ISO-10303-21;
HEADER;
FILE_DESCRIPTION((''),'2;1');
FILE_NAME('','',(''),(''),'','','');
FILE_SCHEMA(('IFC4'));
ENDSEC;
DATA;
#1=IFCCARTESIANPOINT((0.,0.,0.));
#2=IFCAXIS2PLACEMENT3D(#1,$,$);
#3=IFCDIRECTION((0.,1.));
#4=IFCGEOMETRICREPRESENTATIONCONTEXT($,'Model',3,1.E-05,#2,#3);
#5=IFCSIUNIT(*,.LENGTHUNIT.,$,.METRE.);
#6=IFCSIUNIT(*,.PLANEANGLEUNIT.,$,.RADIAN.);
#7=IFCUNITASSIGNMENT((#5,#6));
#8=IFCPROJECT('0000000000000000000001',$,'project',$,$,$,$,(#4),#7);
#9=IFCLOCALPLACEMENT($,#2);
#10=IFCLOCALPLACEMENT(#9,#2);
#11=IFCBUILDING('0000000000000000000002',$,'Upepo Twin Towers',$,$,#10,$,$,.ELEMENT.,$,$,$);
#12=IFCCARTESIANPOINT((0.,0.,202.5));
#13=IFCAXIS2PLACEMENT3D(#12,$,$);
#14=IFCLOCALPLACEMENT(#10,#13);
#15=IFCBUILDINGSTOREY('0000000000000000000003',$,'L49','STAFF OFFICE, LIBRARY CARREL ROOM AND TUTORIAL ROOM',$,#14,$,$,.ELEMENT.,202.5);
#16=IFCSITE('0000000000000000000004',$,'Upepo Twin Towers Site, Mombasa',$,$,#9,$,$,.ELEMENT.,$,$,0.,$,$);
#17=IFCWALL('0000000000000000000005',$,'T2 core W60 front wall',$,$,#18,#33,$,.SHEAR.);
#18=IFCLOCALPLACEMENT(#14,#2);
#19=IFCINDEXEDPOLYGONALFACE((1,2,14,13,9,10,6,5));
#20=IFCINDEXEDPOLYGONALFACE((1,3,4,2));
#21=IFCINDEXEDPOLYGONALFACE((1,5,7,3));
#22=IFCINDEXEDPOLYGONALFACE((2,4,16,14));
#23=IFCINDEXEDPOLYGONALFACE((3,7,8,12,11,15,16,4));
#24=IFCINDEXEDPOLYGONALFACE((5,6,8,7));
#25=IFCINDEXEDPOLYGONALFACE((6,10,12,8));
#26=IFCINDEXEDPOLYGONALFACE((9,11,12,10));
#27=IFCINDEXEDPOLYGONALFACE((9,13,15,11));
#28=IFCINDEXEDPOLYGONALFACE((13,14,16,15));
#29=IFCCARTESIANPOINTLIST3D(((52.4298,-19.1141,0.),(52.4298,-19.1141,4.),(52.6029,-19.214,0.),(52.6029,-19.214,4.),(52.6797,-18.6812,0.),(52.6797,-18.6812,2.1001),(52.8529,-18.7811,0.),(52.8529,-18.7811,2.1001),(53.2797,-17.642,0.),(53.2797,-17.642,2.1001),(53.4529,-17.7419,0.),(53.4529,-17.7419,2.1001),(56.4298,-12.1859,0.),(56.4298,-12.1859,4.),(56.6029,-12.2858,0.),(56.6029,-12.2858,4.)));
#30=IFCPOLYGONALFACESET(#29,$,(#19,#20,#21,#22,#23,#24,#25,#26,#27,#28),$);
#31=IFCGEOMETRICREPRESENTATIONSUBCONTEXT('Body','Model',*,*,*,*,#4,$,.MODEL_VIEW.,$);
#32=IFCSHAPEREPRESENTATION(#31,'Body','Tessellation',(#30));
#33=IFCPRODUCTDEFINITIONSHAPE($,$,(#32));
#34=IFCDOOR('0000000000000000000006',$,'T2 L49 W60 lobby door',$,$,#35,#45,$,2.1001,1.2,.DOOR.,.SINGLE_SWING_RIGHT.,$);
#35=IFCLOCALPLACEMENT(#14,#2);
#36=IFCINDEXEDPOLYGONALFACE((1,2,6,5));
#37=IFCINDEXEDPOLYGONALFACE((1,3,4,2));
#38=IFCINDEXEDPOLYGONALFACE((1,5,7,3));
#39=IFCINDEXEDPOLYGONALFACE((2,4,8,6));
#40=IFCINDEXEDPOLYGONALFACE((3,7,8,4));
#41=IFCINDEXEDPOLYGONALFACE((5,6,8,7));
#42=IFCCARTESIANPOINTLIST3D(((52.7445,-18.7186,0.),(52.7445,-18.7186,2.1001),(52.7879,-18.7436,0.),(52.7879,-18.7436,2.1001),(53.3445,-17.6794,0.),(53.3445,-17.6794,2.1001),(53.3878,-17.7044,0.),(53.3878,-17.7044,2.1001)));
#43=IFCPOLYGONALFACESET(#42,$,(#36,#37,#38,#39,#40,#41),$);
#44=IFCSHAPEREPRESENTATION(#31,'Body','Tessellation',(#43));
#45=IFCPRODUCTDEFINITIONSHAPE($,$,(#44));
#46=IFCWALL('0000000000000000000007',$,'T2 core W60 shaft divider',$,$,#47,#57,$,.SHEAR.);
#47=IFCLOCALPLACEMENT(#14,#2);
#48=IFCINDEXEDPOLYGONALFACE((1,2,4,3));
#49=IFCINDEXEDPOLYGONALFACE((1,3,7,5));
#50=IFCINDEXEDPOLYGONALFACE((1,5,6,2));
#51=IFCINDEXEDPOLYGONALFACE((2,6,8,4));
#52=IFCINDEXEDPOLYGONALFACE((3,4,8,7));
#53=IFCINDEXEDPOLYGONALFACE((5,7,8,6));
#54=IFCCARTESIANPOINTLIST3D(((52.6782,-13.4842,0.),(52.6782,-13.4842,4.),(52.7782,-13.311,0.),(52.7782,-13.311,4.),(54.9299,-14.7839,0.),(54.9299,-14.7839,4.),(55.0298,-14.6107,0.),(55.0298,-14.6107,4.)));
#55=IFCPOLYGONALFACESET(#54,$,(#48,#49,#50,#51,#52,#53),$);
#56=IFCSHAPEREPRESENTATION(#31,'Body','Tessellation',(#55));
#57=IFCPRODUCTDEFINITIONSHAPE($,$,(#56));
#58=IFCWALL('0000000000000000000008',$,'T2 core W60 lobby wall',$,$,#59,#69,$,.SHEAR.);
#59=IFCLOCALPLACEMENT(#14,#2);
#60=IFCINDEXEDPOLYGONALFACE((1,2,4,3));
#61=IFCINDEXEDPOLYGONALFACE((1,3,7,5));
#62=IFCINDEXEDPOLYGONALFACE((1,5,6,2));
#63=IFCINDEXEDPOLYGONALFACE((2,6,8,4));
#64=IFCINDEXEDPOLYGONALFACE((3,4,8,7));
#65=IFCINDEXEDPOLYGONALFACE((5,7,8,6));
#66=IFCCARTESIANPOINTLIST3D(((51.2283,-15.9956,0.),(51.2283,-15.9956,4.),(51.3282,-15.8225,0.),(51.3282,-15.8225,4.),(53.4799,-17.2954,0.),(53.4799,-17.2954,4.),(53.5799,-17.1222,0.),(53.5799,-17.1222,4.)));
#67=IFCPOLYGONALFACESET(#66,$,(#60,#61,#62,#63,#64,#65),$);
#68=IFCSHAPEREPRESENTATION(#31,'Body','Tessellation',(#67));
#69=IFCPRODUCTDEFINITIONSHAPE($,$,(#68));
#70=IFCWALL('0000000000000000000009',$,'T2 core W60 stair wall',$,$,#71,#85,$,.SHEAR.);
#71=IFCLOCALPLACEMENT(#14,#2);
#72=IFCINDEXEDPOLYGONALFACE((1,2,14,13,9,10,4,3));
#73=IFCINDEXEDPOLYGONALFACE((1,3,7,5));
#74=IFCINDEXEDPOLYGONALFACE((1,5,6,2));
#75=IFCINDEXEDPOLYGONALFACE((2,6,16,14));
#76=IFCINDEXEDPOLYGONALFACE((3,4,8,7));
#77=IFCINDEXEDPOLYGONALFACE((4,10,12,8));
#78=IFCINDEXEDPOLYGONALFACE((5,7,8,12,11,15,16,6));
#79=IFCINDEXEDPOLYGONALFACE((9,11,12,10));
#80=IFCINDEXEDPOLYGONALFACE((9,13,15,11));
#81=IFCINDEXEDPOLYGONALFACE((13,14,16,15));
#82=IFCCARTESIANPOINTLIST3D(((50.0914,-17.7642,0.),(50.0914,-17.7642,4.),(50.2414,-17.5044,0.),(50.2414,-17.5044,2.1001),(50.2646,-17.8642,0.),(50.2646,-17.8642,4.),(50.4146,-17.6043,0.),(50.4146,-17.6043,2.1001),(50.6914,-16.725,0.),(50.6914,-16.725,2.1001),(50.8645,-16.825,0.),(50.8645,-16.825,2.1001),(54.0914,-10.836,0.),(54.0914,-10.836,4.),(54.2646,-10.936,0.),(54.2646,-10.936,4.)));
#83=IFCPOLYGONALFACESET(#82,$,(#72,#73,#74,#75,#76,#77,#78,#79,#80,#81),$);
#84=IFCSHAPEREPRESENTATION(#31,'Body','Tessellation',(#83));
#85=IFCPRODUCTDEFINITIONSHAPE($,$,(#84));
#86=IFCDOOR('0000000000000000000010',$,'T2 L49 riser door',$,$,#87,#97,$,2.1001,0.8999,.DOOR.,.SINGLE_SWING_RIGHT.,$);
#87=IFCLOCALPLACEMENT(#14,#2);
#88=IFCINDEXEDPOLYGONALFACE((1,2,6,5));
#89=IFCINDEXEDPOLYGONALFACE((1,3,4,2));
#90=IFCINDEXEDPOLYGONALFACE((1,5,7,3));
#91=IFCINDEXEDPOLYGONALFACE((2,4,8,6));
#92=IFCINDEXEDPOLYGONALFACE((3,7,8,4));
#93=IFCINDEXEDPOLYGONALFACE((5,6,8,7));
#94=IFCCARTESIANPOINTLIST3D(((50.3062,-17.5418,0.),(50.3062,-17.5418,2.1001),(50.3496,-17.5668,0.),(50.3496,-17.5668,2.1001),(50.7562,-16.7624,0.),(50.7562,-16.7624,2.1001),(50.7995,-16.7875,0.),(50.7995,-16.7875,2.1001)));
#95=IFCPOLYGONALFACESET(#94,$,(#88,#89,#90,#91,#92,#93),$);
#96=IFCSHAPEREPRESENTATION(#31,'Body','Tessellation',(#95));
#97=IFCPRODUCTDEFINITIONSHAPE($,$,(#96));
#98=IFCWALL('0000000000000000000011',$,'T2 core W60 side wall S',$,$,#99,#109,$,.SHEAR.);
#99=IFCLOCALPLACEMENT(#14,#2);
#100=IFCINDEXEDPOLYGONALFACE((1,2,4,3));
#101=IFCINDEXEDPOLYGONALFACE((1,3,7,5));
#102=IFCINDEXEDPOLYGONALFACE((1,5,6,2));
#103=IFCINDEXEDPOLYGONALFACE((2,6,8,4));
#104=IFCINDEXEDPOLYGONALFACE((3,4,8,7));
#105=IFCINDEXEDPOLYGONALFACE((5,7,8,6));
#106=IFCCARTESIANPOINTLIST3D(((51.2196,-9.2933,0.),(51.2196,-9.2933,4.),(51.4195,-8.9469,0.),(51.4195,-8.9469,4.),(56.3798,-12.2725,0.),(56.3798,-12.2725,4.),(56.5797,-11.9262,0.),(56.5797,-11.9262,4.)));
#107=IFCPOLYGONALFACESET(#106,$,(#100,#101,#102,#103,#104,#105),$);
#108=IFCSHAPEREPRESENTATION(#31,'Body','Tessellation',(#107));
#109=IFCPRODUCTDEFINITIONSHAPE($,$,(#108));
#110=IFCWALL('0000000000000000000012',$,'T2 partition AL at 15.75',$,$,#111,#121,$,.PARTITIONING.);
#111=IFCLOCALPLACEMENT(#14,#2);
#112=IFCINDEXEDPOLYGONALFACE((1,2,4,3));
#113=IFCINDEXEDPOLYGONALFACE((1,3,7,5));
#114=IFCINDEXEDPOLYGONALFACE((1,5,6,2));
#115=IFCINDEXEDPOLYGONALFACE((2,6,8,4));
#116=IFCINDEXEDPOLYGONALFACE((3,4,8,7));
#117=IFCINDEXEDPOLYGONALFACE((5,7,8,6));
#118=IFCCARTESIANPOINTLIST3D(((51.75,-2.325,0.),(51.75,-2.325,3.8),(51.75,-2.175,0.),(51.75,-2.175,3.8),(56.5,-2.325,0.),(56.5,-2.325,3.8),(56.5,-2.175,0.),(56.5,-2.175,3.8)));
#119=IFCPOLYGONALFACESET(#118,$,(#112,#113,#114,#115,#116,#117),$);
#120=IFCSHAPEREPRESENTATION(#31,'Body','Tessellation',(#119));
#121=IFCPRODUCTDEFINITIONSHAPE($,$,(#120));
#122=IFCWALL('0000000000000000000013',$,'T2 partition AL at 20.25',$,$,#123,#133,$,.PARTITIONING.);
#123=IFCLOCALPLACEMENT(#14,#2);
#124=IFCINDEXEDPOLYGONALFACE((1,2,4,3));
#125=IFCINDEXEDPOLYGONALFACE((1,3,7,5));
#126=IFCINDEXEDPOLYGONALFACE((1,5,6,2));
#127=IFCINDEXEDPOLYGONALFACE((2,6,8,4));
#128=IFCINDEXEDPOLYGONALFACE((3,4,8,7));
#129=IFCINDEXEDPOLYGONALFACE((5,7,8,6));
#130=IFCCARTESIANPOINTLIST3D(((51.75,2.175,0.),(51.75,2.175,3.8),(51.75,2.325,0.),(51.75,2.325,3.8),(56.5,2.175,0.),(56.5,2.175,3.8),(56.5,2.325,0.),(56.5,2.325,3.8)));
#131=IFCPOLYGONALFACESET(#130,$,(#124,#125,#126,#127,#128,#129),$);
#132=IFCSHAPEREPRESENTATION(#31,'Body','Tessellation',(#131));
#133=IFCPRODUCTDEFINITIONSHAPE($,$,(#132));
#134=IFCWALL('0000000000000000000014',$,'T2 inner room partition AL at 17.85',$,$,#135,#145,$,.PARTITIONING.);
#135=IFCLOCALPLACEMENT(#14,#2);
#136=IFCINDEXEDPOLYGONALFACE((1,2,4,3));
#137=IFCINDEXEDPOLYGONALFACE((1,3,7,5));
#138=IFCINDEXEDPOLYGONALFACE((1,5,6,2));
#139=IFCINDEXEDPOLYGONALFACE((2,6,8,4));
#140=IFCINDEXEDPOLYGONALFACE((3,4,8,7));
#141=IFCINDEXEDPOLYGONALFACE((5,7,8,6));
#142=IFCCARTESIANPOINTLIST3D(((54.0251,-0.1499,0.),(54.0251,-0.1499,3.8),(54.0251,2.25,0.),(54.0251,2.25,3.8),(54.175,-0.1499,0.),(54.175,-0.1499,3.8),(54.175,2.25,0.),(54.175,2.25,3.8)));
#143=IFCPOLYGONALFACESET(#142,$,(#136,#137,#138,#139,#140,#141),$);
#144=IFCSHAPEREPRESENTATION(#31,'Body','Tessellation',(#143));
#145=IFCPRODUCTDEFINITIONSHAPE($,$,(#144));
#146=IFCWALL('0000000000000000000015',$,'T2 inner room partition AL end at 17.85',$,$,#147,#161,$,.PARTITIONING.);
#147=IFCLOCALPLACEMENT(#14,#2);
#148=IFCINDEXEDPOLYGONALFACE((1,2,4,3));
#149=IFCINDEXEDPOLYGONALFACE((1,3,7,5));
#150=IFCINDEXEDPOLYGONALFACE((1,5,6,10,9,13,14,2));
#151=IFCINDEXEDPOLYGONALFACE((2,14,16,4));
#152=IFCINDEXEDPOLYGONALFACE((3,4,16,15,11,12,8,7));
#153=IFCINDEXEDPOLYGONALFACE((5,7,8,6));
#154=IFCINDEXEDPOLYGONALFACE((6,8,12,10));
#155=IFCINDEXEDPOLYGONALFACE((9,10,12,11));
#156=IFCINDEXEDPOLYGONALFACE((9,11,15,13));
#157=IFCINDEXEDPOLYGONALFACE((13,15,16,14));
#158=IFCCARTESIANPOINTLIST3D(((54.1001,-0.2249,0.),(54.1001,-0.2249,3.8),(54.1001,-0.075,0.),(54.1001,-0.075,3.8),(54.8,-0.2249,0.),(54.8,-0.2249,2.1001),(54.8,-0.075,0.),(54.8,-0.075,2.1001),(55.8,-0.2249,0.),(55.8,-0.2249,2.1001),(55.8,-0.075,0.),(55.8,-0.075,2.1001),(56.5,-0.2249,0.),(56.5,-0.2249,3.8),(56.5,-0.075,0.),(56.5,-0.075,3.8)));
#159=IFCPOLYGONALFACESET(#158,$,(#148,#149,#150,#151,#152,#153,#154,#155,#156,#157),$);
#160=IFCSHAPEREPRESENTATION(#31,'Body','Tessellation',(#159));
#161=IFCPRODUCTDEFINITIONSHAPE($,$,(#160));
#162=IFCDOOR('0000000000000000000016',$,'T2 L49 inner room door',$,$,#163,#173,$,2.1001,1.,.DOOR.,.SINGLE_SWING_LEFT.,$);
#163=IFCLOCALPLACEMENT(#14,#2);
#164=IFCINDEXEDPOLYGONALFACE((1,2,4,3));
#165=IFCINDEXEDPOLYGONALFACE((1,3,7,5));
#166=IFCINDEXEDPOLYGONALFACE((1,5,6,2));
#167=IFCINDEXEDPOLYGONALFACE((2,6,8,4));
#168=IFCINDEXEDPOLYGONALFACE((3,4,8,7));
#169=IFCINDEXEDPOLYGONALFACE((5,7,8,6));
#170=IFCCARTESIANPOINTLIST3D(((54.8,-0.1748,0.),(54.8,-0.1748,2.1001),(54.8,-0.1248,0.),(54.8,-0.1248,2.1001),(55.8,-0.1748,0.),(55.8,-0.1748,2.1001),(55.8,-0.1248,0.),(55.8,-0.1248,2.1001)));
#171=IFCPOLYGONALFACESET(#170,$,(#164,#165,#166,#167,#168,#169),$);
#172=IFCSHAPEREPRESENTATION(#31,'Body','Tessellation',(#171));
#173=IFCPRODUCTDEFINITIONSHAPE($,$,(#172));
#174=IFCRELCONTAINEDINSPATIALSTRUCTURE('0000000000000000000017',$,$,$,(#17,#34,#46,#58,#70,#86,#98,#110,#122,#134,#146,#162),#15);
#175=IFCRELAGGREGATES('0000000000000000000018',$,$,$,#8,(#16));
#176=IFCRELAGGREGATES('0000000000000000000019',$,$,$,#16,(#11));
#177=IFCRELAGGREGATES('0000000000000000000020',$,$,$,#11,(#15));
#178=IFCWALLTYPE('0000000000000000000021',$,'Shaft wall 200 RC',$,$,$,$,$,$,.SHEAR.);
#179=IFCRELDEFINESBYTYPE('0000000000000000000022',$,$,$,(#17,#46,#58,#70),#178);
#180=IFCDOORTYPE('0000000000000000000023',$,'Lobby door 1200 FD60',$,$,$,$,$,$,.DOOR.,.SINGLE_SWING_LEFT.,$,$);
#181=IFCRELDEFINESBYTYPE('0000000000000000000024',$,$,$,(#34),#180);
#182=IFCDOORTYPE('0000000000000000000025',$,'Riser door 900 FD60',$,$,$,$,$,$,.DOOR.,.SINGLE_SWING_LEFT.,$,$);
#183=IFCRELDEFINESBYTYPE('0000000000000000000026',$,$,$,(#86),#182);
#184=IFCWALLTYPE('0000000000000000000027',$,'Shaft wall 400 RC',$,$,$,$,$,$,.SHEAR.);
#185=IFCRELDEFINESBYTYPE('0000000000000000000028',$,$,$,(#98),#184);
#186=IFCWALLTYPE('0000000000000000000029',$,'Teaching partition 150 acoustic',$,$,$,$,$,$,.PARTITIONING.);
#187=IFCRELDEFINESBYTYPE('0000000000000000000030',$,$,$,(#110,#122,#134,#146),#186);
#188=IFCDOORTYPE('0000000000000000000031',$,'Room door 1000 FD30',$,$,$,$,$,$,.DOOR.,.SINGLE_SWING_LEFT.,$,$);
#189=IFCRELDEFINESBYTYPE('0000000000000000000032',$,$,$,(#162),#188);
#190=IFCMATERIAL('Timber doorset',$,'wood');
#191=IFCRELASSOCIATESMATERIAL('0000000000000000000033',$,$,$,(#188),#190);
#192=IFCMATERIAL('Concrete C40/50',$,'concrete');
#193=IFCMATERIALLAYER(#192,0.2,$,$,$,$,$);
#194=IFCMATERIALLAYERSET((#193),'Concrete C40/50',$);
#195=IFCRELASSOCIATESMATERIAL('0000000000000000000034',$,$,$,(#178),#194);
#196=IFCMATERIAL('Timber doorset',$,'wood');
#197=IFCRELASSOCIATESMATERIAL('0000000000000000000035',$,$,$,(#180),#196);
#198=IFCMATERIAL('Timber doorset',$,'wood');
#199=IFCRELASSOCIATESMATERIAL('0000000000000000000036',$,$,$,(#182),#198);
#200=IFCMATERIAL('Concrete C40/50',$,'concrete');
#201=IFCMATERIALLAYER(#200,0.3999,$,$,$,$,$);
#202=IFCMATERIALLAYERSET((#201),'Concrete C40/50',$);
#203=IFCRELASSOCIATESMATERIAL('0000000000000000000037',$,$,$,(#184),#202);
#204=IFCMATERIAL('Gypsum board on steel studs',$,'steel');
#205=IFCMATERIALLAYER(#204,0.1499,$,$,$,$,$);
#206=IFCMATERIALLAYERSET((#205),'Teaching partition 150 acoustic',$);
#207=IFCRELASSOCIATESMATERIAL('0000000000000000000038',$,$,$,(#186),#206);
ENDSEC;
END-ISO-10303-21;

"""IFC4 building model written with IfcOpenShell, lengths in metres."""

from ifc_helpers import new_model, si_unit, direction, frame, frame_2d, origin, place, context, subcontext, project, spatial, rectangle, extrude, material, layer, layer_set, type_object, element, fill, save


model = new_model("IFC4")

# Units and contexts
model_context = context("Model", 3, precision=1e-05, world=origin(), true_north=direction((0.0, 1.0)))
body_context = subcontext(model_context, "Body", "Model", "MODEL_VIEW")
ifc_project = project(units=[si_unit("LENGTHUNIT", "METRE"), si_unit("PLANEANGLEUNIT", "RADIAN")], contexts=[model_context])

# Site, building, storey
site_placement = place(None, origin())
site = spatial("IfcSite", under=ifc_project, at=site_placement, Name="Upepo Twin Towers Site, Mombasa", CompositionType="ELEMENT", RefElevation=0.0)
building_placement = place(site_placement, origin())
building = spatial("IfcBuilding", under=site, at=building_placement, Name="Upepo Twin Towers", CompositionType="ELEMENT")
storey_placement = place(building_placement, frame((0.0, 0.0, 202.5)))
storey = spatial("IfcBuildingStorey", under=building, at=storey_placement, Name="L49", Description="STAFF OFFICE, LIBRARY CARREL ROOM AND TUTORIAL ROOM", CompositionType="ELEMENT", Elevation=202.5)

# Shared definitions
ifc_material_1 = material(Name="Timber doorset", Category="wood")
door_type_1 = type_object("IfcDoorType", Name="Room door 1000 FD30", OperationType="SINGLE_SWING_LEFT", PredefinedType="DOOR", material=ifc_material_1)

# Wall, opening, door
ifc_material_2 = material(Name="Concrete C40/50", Category="concrete")
ifc_layer_1 = layer(ifc_material_2, 0.2)
ifc_layer_set_1 = layer_set([ifc_layer_1], Name="Concrete C40/50")
wall_type_1 = type_object("IfcWallType", Name="Shaft wall 200 RC", PredefinedType="SHEAR", material=ifc_layer_set_1)
wall_1_placement = place(storey_placement, frame((56.5164, -12.2358, 0.0), z_axis=(0.0, 0.0, 1.0), x_axis=(-0.499999, -0.866026, 0.0)))
wall_1 = element("IfcWall", 1, at=wall_1_placement, inside=storey, type_object=wall_type_1, Name="T2 core W60 front wall", PredefinedType="SHEAR", context=body_context, shape_type="SweptSolid", body=[
    extrude(rectangle(XDim=8.0, YDim=0.2, at=frame_2d((4.0, 0.0))), origin(), (0.0, 0.0, 1.0), 4.0),
])
opening_1_placement = place(wall_1_placement, frame((6.3, 0.0, 0.0)))
opening_1 = element("IfcOpeningElement", 2, at=opening_1_placement, cuts=wall_1, PredefinedType="OPENING", context=body_context, shape_type="SweptSolid", body=[
    extrude(rectangle(XDim=1.2, YDim=2.1001, at=frame_2d((0.6001, 1.05))), frame((0.0, 0.1099, 0.0), z_axis=(0.0, -1.0, 0.0), x_axis=(1.0, 0.0, 0.0)), (0.0, 0.0, 1.0), 0.22),
])
ifc_material_3 = material(Name="Timber doorset", Category="wood")
door_type_2 = type_object("IfcDoorType", Name="Lobby door 1200 FD60", OperationType="SINGLE_SWING_LEFT", PredefinedType="DOOR", material=ifc_material_3)
door_1_placement = place(opening_1_placement, origin())
door_1 = element("IfcDoor", 3, at=door_1_placement, inside=storey, type_object=door_type_2, Name="T2 L49 W60 lobby door", OperationType="SINGLE_SWING_RIGHT", OverallHeight=2.1001, OverallWidth=1.2, PredefinedType="DOOR", context=body_context, shape_type="SweptSolid", body=[
    extrude(rectangle(XDim=1.2, YDim=2.1001, at=frame_2d((0.6001, 1.05))), frame((0.0, 0.0249, 0.0), z_axis=(0.0, -1.0, 0.0), x_axis=(1.0, 0.0, 0.0)), (0.0, 0.0, 1.0), 0.05),
])
fill(opening_1, door_1)

# Walls
for number, where, z_axis, x_axis, name in (
    (4, (54.9797, -14.6973, 0.0), (0.0, 0.0, 1.0), (-0.866062, 0.499937, 0.0), "T2 core W60 shaft divider"),
    (5, (53.5298, -17.2087, 0.0), (0.0, 0.0, 1.0), (-0.866062, 0.499937, 0.0), "T2 core W60 lobby wall"),
):
    element("IfcWall", number, at=place(storey_placement, frame(where, z_axis=z_axis, x_axis=x_axis)), inside=storey, type_object=wall_type_1, Name=name, PredefinedType="SHEAR", context=body_context, shape_type="SweptSolid", body=[
        extrude(rectangle(XDim=2.5999, YDim=0.2, at=frame_2d((1.2998, 0.0))), origin(), (0.0, 0.0, 1.0), 4.0),
    ])

# Wall, opening, door
wall_2_placement = place(storey_placement, frame((54.178, -10.886, 0.0), z_axis=(0.0, 0.0, 1.0), x_axis=(-0.499999, -0.866026, 0.0)))
wall_2 = element("IfcWall", 6, at=wall_2_placement, inside=storey, type_object=wall_type_1, Name="T2 core W60 stair wall", PredefinedType="SHEAR", context=body_context, shape_type="SweptSolid", body=[
    extrude(rectangle(XDim=8.0, YDim=0.2, at=frame_2d((4.0, 0.0))), origin(), (0.0, 0.0, 1.0), 4.0),
])
opening_2_placement = place(wall_2_placement, frame((6.8, 0.0, 0.0)))
opening_2 = element("IfcOpeningElement", 7, at=opening_2_placement, cuts=wall_2, PredefinedType="OPENING", context=body_context, shape_type="SweptSolid", body=[
    extrude(rectangle(XDim=0.8999, YDim=2.1001, at=frame_2d((0.45, 1.05))), frame((0.0, 0.1099, 0.0), z_axis=(0.0, -1.0, 0.0), x_axis=(1.0, 0.0, 0.0)), (0.0, 0.0, 1.0), 0.22),
])
ifc_material_4 = material(Name="Timber doorset", Category="wood")
door_type_3 = type_object("IfcDoorType", Name="Riser door 900 FD60", OperationType="SINGLE_SWING_LEFT", PredefinedType="DOOR", material=ifc_material_4)
door_2_placement = place(opening_2_placement, origin())
door_2 = element("IfcDoor", 8, at=door_2_placement, inside=storey, type_object=door_type_3, Name="T2 L49 riser door", OperationType="SINGLE_SWING_RIGHT", OverallHeight=2.1001, OverallWidth=0.8999, PredefinedType="DOOR", context=body_context, shape_type="SweptSolid", body=[
    extrude(rectangle(XDim=0.8999, YDim=2.1001, at=frame_2d((0.45, 1.05))), frame((0.0, 0.0249, 0.0), z_axis=(0.0, -1.0, 0.0), x_axis=(1.0, 0.0, 0.0)), (0.0, 0.0, 1.0), 0.05),
])
fill(opening_2, door_2)

# Walls
ifc_material_5 = material(Name="Concrete C40/50", Category="concrete")
ifc_layer_2 = layer(ifc_material_5, 0.3999)
ifc_layer_set_2 = layer_set([ifc_layer_2], Name="Concrete C40/50")
wall_type_2 = type_object("IfcWallType", Name="Shaft wall 400 RC", PredefinedType="SHEAR", material=ifc_layer_set_2)
wall_3_placement = place(storey_placement, frame((56.4797, -12.0994, 0.0), z_axis=(0.0, 0.0, 1.0), x_axis=(-0.866023, 0.500004, 0.0)))
element("IfcWall", 9, at=wall_3_placement, inside=storey, type_object=wall_type_2, Name="T2 core W60 side wall S", PredefinedType="SHEAR", context=body_context, shape_type="SweptSolid", body=[
    extrude(rectangle(XDim=5.9585, YDim=0.3999, at=frame_2d((2.9792, 0.0))), origin(), (0.0, 0.0, 1.0), 4.0),
])
ifc_material_6 = material(Name="Gypsum board on steel studs", Category="steel")
ifc_layer_3 = layer(ifc_material_6, 0.1499)
ifc_layer_set_3 = layer_set([ifc_layer_3], Name="Teaching partition 150 acoustic")
wall_type_3 = type_object("IfcWallType", Name="Teaching partition 150 acoustic", PredefinedType="PARTITIONING", material=ifc_layer_set_3)
for number, where, z_axis, x_axis, name in (
    (10, (56.5, -2.25, 0.0), (0.0, 0.0, 1.0), (-1.0, 0.0, 0.0), "T2 partition AL at 15.75"),
    (11, (56.5, 2.25, 0.0), (0.0, 0.0, 1.0), (-1.0, 0.0, 0.0), "T2 partition AL at 20.25"),
):
    element("IfcWall", number, at=place(storey_placement, frame(where, z_axis=z_axis, x_axis=x_axis)), inside=storey, type_object=wall_type_3, Name=name, PredefinedType="PARTITIONING", context=body_context, shape_type="SweptSolid", body=[
        extrude(rectangle(XDim=4.75, YDim=0.1499, at=frame_2d((2.375, 0.0))), origin(), (0.0, 0.0, 1.0), 3.8),
    ])
wall_4_placement = place(storey_placement, frame((54.1001, -0.1499, 0.0), z_axis=(0.0, 0.0, 1.0), x_axis=(0.0, 1.0, 0.0)))
element("IfcWall", 12, at=wall_4_placement, inside=storey, type_object=wall_type_3, Name="T2 inner room partition AL at 17.85", PredefinedType="PARTITIONING", context=body_context, shape_type="SweptSolid", body=[
    extrude(rectangle(XDim=2.3999, YDim=0.1499, at=frame_2d((1.2, 0.0))), origin(), (0.0, 0.0, 1.0), 3.8),
])

# Wall, opening, door
wall_5_placement = place(storey_placement, frame((56.5, -0.1499, 0.0), z_axis=(0.0, 0.0, 1.0), x_axis=(-1.0, 0.0, 0.0)))
wall_5 = element("IfcWall", 13, at=wall_5_placement, inside=storey, type_object=wall_type_3, Name="T2 inner room partition AL end at 17.85", PredefinedType="PARTITIONING", context=body_context, shape_type="SweptSolid", body=[
    extrude(rectangle(XDim=2.3999, YDim=0.1499, at=frame_2d((1.2, 0.0))), origin(), (0.0, 0.0, 1.0), 3.8),
])
opening_3_placement = place(wall_5_placement, frame((0.7, 0.0, 0.0)))
opening_3 = element("IfcOpeningElement", 14, at=opening_3_placement, cuts=wall_5, PredefinedType="OPENING", context=body_context, shape_type="SweptSolid", body=[
    extrude(rectangle(XDim=1.0, YDim=2.1001, at=frame_2d((0.5, 1.05))), frame((0.0, 0.085, 0.0), z_axis=(0.0, -1.0, 0.0), x_axis=(1.0, 0.0, 0.0)), (0.0, 0.0, 1.0), 0.1699),
])
door_3_placement = place(opening_3_placement, origin())
door_3 = element("IfcDoor", 15, at=door_3_placement, inside=storey, type_object=door_type_1, Name="T2 L49 inner room door", OperationType="SINGLE_SWING_LEFT", OverallHeight=2.1001, OverallWidth=1.0, PredefinedType="DOOR", context=body_context, shape_type="SweptSolid", body=[
    extrude(rectangle(XDim=1.0, YDim=2.1001, at=frame_2d((0.5, 1.05))), frame((0.0, 0.0249, 0.0), z_axis=(0.0, -1.0, 0.0), x_axis=(1.0, 0.0, 0.0)), (0.0, 0.0, 1.0), 0.05),
])
fill(opening_3, door_3)

save(model, "model.ifc")
